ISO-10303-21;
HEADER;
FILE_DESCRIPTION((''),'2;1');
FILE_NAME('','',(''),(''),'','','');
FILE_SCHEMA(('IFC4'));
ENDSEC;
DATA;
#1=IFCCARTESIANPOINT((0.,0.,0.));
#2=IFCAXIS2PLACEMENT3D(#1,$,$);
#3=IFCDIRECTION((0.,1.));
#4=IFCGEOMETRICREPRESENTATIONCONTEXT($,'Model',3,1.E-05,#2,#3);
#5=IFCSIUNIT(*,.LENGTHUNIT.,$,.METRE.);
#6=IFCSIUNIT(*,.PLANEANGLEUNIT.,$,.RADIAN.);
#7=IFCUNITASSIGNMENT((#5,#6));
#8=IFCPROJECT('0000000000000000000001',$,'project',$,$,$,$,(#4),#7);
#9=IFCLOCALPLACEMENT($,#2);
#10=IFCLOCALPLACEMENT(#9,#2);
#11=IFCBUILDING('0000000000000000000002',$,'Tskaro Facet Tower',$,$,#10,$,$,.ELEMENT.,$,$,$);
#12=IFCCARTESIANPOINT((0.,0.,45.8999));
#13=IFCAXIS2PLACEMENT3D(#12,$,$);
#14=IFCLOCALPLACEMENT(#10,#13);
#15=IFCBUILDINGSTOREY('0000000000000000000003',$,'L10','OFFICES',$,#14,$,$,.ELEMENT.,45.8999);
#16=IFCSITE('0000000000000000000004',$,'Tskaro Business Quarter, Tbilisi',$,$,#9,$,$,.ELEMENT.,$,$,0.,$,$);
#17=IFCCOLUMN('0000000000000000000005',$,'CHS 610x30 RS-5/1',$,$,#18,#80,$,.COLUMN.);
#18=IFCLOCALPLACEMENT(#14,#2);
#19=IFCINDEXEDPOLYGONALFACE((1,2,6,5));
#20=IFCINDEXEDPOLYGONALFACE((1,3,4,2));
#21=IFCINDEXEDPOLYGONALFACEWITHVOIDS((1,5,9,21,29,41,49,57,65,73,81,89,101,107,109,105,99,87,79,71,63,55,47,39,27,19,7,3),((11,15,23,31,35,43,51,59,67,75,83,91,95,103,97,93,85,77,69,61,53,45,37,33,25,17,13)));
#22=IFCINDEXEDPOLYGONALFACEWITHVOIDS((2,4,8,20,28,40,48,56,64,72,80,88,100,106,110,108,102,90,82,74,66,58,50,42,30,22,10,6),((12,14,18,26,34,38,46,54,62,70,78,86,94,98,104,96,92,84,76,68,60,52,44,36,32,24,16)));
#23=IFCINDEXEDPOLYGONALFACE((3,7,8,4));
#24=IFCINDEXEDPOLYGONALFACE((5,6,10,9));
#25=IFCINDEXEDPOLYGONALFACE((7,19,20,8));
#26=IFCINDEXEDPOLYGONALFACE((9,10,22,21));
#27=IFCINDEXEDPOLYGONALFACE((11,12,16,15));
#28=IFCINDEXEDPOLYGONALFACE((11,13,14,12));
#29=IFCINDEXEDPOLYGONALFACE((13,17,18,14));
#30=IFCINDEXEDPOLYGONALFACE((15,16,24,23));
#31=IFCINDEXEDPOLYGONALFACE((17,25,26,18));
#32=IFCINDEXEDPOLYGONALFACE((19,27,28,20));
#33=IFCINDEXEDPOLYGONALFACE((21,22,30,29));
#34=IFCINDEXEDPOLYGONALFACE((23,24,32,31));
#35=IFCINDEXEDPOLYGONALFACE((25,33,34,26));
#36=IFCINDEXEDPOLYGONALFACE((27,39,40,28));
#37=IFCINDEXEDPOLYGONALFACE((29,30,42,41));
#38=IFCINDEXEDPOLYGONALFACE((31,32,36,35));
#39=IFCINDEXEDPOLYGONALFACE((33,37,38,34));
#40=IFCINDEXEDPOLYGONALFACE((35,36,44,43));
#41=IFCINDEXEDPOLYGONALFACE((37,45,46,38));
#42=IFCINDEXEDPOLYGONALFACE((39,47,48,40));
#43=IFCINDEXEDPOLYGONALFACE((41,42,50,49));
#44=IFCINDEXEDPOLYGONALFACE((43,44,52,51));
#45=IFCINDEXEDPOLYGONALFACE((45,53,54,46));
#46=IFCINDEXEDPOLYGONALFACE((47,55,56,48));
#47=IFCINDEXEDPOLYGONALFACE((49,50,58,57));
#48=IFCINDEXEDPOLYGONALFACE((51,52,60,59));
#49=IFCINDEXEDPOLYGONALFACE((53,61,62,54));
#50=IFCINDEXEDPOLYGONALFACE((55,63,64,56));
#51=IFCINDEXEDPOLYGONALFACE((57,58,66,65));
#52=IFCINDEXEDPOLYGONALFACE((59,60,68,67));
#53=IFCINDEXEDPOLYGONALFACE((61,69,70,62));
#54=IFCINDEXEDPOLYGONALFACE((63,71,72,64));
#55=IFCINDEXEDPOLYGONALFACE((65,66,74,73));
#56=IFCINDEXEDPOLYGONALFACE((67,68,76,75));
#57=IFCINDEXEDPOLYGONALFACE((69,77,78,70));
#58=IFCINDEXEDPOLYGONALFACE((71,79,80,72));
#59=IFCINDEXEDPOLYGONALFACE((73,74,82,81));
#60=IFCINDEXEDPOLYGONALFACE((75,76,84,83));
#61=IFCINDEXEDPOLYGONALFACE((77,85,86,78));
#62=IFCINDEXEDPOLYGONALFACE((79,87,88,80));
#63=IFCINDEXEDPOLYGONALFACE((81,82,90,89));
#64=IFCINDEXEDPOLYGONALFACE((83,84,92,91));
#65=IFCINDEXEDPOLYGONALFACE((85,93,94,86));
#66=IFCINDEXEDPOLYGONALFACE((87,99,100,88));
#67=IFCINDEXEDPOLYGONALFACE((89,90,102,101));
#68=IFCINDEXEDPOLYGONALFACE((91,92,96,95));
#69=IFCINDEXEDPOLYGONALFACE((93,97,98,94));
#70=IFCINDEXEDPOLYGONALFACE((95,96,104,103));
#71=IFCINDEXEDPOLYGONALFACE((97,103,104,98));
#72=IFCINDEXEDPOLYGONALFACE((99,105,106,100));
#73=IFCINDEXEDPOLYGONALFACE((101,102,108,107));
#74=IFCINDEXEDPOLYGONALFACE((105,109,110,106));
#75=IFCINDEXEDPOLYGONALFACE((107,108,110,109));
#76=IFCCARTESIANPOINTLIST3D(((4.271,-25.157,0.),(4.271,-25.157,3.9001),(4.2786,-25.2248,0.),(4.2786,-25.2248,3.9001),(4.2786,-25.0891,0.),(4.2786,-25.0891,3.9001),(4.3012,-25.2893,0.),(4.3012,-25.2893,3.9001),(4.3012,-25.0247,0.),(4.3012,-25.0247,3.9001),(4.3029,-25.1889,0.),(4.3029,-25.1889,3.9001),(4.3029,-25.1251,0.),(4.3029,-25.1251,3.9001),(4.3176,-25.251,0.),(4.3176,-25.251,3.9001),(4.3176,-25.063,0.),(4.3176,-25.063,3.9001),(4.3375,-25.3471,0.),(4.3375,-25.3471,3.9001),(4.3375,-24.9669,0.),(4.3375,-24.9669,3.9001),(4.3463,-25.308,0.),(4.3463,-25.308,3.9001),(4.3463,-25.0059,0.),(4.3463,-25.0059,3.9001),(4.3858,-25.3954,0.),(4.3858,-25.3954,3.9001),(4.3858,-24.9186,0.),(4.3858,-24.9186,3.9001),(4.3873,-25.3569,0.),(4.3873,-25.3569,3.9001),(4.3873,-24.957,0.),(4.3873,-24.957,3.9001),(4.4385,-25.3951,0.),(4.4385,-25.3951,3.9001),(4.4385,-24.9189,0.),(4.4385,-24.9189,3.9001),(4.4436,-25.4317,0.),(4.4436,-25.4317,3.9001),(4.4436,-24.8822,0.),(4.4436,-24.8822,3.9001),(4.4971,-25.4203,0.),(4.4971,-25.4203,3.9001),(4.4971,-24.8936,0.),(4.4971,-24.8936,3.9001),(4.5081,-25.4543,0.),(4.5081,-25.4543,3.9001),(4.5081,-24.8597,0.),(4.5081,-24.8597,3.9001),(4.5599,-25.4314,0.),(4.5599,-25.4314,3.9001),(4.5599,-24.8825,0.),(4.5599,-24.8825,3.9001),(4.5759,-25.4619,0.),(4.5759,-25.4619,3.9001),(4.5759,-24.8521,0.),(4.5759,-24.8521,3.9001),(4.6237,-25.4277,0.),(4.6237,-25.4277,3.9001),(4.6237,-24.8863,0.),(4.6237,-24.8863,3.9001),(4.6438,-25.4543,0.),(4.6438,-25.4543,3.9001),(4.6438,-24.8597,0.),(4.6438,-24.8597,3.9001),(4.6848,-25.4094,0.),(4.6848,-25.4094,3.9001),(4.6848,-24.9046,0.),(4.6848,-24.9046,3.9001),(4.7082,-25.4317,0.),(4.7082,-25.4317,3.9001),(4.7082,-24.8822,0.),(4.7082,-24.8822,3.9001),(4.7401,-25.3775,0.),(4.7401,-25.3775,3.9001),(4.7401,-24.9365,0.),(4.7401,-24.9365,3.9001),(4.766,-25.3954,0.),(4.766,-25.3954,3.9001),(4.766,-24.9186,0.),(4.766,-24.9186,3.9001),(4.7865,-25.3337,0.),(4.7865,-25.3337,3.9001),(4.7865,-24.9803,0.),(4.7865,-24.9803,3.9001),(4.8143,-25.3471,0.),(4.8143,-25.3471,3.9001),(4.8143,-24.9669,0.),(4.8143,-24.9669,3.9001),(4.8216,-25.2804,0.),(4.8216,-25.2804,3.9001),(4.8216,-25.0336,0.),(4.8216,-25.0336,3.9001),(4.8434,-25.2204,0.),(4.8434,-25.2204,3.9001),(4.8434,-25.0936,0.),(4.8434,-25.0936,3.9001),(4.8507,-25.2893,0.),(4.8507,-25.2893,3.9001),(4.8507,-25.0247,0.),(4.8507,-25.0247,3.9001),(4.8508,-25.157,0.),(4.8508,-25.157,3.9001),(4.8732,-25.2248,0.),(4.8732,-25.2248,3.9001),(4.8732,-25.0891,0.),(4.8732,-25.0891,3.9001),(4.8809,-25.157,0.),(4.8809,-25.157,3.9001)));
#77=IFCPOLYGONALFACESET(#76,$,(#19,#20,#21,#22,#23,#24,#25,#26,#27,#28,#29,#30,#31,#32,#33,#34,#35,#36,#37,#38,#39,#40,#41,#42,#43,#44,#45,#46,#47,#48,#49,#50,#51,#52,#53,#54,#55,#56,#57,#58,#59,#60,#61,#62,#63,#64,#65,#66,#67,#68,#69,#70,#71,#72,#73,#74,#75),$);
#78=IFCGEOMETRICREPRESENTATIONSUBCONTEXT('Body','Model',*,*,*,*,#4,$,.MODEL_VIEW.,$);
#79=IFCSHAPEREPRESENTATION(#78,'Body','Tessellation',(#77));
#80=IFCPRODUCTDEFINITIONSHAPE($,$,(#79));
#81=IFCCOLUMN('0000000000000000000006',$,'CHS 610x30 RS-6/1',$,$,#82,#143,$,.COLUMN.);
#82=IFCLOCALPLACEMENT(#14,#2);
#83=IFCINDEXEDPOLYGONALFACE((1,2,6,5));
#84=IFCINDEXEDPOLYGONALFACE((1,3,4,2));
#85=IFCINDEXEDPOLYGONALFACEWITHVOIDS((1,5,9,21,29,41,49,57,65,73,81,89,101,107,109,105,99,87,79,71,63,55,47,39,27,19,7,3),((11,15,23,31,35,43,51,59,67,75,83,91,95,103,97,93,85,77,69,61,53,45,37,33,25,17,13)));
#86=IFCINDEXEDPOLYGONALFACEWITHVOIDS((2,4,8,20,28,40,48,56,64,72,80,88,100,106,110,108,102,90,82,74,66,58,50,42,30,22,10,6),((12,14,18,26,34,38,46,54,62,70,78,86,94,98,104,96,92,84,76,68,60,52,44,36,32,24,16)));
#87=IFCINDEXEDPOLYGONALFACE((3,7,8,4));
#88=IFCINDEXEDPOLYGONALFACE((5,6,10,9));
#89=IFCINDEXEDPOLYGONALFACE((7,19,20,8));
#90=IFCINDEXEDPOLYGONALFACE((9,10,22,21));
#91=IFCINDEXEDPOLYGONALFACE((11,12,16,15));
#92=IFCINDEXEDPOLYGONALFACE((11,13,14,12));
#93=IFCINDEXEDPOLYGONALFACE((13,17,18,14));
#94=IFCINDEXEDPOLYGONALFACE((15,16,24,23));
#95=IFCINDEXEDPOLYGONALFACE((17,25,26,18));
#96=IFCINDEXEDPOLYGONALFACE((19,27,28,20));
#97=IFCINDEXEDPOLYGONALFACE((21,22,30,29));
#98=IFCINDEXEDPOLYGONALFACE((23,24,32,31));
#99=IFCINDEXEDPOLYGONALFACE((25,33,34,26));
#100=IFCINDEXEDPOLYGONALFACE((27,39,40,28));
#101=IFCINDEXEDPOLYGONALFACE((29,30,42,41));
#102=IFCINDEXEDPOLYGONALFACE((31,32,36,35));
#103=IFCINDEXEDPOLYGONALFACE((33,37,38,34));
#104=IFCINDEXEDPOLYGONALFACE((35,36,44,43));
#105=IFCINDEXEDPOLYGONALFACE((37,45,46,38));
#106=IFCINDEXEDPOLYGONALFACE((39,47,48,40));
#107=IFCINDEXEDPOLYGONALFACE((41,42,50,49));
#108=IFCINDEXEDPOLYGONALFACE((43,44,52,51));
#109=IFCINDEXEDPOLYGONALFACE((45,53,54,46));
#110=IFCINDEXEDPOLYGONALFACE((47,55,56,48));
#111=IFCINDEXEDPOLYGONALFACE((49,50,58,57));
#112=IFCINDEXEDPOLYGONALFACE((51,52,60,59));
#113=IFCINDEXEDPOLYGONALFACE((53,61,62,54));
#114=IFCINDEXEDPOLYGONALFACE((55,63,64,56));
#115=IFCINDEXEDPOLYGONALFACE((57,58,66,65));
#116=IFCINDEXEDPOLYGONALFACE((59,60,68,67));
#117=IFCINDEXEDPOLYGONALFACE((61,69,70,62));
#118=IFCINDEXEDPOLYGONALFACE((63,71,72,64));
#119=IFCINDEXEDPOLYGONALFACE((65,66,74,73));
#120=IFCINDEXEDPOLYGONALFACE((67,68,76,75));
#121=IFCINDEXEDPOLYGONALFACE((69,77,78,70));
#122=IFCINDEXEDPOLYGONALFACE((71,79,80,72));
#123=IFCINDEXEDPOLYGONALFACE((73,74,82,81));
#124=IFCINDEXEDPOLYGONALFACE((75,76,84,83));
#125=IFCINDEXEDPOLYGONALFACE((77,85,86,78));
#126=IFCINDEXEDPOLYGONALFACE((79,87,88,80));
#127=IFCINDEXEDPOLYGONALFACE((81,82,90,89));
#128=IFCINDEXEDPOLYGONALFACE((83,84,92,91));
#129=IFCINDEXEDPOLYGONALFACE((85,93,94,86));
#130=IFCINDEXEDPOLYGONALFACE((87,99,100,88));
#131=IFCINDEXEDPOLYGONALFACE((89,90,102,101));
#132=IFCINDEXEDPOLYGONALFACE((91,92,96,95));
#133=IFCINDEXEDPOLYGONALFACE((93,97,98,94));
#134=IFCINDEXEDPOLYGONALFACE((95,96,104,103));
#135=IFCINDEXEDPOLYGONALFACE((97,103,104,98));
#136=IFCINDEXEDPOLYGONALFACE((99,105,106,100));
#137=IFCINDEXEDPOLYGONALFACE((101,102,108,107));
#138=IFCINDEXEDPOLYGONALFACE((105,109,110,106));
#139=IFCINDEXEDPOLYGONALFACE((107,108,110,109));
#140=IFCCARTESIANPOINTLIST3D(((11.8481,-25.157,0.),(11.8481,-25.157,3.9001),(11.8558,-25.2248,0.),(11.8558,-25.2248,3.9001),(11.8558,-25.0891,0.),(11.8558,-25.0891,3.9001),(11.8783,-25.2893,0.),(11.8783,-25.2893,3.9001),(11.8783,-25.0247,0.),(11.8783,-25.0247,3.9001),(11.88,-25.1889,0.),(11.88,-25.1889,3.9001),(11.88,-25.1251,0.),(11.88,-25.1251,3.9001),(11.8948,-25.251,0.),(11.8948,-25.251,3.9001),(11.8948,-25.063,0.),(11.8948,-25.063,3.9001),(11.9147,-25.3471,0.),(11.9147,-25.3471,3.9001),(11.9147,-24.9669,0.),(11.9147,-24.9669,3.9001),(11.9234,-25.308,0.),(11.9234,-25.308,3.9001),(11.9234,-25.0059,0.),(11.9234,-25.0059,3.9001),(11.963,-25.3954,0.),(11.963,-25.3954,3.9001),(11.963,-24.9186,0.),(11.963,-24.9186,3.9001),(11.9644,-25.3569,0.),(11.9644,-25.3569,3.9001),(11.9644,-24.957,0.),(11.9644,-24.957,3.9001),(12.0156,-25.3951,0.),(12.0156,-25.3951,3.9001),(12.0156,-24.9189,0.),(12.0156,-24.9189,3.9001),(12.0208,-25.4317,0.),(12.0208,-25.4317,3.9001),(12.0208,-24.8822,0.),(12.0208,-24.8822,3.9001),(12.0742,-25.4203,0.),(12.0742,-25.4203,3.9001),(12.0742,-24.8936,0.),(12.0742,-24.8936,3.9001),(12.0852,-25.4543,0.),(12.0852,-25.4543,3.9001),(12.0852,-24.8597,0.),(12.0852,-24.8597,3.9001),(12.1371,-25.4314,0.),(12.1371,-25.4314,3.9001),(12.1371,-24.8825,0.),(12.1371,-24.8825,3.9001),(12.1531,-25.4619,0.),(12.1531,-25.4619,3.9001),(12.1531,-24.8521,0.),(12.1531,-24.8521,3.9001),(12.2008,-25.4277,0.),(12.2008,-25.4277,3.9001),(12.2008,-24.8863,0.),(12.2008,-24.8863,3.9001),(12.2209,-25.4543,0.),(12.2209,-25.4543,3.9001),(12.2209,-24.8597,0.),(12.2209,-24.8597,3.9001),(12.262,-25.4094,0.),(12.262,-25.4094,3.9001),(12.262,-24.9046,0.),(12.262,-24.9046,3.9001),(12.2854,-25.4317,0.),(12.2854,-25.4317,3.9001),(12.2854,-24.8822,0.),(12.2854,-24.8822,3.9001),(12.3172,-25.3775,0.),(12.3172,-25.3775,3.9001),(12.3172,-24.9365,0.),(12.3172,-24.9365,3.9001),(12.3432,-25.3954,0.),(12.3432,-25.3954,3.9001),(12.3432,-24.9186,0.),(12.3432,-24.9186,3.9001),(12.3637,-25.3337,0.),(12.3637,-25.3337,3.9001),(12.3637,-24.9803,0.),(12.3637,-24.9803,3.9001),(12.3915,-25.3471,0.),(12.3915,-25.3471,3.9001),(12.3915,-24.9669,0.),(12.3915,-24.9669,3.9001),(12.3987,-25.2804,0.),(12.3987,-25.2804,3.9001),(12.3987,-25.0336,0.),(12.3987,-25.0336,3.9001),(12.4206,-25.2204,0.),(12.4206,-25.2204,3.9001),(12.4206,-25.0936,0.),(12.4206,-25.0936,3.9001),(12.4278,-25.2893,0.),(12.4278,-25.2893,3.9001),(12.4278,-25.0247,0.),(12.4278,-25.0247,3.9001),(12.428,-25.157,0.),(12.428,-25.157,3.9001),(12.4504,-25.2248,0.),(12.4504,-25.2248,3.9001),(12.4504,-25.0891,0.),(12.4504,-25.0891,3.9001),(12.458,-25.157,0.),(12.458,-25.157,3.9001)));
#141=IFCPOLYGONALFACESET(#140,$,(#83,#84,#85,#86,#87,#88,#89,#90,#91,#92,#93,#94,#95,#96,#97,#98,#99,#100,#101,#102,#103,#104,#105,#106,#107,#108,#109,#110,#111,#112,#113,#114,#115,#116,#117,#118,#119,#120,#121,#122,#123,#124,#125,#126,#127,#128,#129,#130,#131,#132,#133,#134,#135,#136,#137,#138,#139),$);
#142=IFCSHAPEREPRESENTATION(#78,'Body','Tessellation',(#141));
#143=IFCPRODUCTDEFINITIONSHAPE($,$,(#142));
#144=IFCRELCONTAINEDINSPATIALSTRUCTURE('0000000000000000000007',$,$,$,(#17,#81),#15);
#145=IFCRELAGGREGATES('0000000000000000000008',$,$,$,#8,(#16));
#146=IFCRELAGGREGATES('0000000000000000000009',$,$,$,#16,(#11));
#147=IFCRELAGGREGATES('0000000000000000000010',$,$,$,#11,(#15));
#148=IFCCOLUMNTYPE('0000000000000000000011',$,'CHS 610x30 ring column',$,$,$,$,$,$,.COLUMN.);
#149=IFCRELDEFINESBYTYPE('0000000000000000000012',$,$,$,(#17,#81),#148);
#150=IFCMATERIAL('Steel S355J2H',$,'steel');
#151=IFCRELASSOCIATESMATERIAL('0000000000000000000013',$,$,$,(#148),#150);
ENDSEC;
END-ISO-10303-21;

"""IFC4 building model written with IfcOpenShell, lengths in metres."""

from ifc_helpers import new_model, si_unit, direction, frame, origin, origin_2d, place, context, subcontext, project, spatial, hollow_circle, extrude, material, material_profile, profile_set, type_object, element, save


model = new_model("IFC4")

# Units and contexts
model_context = context("Model", 3, precision=1e-05, world=origin(), true_north=direction((0.0, 1.0)))
body_context = subcontext(model_context, "Body", "Model", "MODEL_VIEW")
ifc_project = project(units=[si_unit("LENGTHUNIT", "METRE"), si_unit("PLANEANGLEUNIT", "RADIAN")], contexts=[model_context])

# Site, building, storey
site_placement = place(None, origin())
site = spatial("IfcSite", under=ifc_project, at=site_placement, Name="Tskaro Business Quarter, Tbilisi", CompositionType="ELEMENT", RefElevation=0.0)
building_placement = place(site_placement, origin())
building = spatial("IfcBuilding", under=site, at=building_placement, Name="Tskaro Facet Tower", CompositionType="ELEMENT")
storey_placement = place(building_placement, frame((0.0, 0.0, 45.8999)))
storey = spatial("IfcBuildingStorey", under=building, at=storey_placement, Name="L10", Description="OFFICES", CompositionType="ELEMENT", Elevation=45.8999)

# Columns
ifc_material_1 = material(Name="Steel S355J2H", Category="steel")
ifc_material_profile_1 = material_profile(ifc_material_1, hollow_circle(Radius=0.3049, WallThickness=0.03, at=origin_2d()), Name="CHS 610x30")
ifc_profile_set_1 = profile_set([ifc_material_profile_1], Name="Steel S355J2H")
column_type_1 = type_object("IfcColumnType", Name="CHS 610x30 ring column", PredefinedType="COLUMN", material=ifc_profile_set_1)
for number, where, z_axis, x_axis, name in (
    (1, (4.5759, -25.157, 0.0), (0.0, 0.0, 1.0), (1.0, 0.0, 0.0), "CHS 610x30 RS-5/1"),
    (2, (12.1531, -25.157, 0.0), (0.0, 0.0, 1.0), (1.0, 0.0, 0.0), "CHS 610x30 RS-6/1"),
):
    element("IfcColumn", number, at=place(storey_placement, frame(where, z_axis=z_axis, x_axis=x_axis)), inside=storey, type_object=column_type_1, Name=name, PredefinedType="COLUMN", context=body_context, shape_type="SweptSolid", body=[
        extrude(hollow_circle(Radius=0.3049, WallThickness=0.03, at=origin_2d()), origin(), (0.0, 0.0, 1.0), 3.9001),
    ])

save(model, "model.ifc")
